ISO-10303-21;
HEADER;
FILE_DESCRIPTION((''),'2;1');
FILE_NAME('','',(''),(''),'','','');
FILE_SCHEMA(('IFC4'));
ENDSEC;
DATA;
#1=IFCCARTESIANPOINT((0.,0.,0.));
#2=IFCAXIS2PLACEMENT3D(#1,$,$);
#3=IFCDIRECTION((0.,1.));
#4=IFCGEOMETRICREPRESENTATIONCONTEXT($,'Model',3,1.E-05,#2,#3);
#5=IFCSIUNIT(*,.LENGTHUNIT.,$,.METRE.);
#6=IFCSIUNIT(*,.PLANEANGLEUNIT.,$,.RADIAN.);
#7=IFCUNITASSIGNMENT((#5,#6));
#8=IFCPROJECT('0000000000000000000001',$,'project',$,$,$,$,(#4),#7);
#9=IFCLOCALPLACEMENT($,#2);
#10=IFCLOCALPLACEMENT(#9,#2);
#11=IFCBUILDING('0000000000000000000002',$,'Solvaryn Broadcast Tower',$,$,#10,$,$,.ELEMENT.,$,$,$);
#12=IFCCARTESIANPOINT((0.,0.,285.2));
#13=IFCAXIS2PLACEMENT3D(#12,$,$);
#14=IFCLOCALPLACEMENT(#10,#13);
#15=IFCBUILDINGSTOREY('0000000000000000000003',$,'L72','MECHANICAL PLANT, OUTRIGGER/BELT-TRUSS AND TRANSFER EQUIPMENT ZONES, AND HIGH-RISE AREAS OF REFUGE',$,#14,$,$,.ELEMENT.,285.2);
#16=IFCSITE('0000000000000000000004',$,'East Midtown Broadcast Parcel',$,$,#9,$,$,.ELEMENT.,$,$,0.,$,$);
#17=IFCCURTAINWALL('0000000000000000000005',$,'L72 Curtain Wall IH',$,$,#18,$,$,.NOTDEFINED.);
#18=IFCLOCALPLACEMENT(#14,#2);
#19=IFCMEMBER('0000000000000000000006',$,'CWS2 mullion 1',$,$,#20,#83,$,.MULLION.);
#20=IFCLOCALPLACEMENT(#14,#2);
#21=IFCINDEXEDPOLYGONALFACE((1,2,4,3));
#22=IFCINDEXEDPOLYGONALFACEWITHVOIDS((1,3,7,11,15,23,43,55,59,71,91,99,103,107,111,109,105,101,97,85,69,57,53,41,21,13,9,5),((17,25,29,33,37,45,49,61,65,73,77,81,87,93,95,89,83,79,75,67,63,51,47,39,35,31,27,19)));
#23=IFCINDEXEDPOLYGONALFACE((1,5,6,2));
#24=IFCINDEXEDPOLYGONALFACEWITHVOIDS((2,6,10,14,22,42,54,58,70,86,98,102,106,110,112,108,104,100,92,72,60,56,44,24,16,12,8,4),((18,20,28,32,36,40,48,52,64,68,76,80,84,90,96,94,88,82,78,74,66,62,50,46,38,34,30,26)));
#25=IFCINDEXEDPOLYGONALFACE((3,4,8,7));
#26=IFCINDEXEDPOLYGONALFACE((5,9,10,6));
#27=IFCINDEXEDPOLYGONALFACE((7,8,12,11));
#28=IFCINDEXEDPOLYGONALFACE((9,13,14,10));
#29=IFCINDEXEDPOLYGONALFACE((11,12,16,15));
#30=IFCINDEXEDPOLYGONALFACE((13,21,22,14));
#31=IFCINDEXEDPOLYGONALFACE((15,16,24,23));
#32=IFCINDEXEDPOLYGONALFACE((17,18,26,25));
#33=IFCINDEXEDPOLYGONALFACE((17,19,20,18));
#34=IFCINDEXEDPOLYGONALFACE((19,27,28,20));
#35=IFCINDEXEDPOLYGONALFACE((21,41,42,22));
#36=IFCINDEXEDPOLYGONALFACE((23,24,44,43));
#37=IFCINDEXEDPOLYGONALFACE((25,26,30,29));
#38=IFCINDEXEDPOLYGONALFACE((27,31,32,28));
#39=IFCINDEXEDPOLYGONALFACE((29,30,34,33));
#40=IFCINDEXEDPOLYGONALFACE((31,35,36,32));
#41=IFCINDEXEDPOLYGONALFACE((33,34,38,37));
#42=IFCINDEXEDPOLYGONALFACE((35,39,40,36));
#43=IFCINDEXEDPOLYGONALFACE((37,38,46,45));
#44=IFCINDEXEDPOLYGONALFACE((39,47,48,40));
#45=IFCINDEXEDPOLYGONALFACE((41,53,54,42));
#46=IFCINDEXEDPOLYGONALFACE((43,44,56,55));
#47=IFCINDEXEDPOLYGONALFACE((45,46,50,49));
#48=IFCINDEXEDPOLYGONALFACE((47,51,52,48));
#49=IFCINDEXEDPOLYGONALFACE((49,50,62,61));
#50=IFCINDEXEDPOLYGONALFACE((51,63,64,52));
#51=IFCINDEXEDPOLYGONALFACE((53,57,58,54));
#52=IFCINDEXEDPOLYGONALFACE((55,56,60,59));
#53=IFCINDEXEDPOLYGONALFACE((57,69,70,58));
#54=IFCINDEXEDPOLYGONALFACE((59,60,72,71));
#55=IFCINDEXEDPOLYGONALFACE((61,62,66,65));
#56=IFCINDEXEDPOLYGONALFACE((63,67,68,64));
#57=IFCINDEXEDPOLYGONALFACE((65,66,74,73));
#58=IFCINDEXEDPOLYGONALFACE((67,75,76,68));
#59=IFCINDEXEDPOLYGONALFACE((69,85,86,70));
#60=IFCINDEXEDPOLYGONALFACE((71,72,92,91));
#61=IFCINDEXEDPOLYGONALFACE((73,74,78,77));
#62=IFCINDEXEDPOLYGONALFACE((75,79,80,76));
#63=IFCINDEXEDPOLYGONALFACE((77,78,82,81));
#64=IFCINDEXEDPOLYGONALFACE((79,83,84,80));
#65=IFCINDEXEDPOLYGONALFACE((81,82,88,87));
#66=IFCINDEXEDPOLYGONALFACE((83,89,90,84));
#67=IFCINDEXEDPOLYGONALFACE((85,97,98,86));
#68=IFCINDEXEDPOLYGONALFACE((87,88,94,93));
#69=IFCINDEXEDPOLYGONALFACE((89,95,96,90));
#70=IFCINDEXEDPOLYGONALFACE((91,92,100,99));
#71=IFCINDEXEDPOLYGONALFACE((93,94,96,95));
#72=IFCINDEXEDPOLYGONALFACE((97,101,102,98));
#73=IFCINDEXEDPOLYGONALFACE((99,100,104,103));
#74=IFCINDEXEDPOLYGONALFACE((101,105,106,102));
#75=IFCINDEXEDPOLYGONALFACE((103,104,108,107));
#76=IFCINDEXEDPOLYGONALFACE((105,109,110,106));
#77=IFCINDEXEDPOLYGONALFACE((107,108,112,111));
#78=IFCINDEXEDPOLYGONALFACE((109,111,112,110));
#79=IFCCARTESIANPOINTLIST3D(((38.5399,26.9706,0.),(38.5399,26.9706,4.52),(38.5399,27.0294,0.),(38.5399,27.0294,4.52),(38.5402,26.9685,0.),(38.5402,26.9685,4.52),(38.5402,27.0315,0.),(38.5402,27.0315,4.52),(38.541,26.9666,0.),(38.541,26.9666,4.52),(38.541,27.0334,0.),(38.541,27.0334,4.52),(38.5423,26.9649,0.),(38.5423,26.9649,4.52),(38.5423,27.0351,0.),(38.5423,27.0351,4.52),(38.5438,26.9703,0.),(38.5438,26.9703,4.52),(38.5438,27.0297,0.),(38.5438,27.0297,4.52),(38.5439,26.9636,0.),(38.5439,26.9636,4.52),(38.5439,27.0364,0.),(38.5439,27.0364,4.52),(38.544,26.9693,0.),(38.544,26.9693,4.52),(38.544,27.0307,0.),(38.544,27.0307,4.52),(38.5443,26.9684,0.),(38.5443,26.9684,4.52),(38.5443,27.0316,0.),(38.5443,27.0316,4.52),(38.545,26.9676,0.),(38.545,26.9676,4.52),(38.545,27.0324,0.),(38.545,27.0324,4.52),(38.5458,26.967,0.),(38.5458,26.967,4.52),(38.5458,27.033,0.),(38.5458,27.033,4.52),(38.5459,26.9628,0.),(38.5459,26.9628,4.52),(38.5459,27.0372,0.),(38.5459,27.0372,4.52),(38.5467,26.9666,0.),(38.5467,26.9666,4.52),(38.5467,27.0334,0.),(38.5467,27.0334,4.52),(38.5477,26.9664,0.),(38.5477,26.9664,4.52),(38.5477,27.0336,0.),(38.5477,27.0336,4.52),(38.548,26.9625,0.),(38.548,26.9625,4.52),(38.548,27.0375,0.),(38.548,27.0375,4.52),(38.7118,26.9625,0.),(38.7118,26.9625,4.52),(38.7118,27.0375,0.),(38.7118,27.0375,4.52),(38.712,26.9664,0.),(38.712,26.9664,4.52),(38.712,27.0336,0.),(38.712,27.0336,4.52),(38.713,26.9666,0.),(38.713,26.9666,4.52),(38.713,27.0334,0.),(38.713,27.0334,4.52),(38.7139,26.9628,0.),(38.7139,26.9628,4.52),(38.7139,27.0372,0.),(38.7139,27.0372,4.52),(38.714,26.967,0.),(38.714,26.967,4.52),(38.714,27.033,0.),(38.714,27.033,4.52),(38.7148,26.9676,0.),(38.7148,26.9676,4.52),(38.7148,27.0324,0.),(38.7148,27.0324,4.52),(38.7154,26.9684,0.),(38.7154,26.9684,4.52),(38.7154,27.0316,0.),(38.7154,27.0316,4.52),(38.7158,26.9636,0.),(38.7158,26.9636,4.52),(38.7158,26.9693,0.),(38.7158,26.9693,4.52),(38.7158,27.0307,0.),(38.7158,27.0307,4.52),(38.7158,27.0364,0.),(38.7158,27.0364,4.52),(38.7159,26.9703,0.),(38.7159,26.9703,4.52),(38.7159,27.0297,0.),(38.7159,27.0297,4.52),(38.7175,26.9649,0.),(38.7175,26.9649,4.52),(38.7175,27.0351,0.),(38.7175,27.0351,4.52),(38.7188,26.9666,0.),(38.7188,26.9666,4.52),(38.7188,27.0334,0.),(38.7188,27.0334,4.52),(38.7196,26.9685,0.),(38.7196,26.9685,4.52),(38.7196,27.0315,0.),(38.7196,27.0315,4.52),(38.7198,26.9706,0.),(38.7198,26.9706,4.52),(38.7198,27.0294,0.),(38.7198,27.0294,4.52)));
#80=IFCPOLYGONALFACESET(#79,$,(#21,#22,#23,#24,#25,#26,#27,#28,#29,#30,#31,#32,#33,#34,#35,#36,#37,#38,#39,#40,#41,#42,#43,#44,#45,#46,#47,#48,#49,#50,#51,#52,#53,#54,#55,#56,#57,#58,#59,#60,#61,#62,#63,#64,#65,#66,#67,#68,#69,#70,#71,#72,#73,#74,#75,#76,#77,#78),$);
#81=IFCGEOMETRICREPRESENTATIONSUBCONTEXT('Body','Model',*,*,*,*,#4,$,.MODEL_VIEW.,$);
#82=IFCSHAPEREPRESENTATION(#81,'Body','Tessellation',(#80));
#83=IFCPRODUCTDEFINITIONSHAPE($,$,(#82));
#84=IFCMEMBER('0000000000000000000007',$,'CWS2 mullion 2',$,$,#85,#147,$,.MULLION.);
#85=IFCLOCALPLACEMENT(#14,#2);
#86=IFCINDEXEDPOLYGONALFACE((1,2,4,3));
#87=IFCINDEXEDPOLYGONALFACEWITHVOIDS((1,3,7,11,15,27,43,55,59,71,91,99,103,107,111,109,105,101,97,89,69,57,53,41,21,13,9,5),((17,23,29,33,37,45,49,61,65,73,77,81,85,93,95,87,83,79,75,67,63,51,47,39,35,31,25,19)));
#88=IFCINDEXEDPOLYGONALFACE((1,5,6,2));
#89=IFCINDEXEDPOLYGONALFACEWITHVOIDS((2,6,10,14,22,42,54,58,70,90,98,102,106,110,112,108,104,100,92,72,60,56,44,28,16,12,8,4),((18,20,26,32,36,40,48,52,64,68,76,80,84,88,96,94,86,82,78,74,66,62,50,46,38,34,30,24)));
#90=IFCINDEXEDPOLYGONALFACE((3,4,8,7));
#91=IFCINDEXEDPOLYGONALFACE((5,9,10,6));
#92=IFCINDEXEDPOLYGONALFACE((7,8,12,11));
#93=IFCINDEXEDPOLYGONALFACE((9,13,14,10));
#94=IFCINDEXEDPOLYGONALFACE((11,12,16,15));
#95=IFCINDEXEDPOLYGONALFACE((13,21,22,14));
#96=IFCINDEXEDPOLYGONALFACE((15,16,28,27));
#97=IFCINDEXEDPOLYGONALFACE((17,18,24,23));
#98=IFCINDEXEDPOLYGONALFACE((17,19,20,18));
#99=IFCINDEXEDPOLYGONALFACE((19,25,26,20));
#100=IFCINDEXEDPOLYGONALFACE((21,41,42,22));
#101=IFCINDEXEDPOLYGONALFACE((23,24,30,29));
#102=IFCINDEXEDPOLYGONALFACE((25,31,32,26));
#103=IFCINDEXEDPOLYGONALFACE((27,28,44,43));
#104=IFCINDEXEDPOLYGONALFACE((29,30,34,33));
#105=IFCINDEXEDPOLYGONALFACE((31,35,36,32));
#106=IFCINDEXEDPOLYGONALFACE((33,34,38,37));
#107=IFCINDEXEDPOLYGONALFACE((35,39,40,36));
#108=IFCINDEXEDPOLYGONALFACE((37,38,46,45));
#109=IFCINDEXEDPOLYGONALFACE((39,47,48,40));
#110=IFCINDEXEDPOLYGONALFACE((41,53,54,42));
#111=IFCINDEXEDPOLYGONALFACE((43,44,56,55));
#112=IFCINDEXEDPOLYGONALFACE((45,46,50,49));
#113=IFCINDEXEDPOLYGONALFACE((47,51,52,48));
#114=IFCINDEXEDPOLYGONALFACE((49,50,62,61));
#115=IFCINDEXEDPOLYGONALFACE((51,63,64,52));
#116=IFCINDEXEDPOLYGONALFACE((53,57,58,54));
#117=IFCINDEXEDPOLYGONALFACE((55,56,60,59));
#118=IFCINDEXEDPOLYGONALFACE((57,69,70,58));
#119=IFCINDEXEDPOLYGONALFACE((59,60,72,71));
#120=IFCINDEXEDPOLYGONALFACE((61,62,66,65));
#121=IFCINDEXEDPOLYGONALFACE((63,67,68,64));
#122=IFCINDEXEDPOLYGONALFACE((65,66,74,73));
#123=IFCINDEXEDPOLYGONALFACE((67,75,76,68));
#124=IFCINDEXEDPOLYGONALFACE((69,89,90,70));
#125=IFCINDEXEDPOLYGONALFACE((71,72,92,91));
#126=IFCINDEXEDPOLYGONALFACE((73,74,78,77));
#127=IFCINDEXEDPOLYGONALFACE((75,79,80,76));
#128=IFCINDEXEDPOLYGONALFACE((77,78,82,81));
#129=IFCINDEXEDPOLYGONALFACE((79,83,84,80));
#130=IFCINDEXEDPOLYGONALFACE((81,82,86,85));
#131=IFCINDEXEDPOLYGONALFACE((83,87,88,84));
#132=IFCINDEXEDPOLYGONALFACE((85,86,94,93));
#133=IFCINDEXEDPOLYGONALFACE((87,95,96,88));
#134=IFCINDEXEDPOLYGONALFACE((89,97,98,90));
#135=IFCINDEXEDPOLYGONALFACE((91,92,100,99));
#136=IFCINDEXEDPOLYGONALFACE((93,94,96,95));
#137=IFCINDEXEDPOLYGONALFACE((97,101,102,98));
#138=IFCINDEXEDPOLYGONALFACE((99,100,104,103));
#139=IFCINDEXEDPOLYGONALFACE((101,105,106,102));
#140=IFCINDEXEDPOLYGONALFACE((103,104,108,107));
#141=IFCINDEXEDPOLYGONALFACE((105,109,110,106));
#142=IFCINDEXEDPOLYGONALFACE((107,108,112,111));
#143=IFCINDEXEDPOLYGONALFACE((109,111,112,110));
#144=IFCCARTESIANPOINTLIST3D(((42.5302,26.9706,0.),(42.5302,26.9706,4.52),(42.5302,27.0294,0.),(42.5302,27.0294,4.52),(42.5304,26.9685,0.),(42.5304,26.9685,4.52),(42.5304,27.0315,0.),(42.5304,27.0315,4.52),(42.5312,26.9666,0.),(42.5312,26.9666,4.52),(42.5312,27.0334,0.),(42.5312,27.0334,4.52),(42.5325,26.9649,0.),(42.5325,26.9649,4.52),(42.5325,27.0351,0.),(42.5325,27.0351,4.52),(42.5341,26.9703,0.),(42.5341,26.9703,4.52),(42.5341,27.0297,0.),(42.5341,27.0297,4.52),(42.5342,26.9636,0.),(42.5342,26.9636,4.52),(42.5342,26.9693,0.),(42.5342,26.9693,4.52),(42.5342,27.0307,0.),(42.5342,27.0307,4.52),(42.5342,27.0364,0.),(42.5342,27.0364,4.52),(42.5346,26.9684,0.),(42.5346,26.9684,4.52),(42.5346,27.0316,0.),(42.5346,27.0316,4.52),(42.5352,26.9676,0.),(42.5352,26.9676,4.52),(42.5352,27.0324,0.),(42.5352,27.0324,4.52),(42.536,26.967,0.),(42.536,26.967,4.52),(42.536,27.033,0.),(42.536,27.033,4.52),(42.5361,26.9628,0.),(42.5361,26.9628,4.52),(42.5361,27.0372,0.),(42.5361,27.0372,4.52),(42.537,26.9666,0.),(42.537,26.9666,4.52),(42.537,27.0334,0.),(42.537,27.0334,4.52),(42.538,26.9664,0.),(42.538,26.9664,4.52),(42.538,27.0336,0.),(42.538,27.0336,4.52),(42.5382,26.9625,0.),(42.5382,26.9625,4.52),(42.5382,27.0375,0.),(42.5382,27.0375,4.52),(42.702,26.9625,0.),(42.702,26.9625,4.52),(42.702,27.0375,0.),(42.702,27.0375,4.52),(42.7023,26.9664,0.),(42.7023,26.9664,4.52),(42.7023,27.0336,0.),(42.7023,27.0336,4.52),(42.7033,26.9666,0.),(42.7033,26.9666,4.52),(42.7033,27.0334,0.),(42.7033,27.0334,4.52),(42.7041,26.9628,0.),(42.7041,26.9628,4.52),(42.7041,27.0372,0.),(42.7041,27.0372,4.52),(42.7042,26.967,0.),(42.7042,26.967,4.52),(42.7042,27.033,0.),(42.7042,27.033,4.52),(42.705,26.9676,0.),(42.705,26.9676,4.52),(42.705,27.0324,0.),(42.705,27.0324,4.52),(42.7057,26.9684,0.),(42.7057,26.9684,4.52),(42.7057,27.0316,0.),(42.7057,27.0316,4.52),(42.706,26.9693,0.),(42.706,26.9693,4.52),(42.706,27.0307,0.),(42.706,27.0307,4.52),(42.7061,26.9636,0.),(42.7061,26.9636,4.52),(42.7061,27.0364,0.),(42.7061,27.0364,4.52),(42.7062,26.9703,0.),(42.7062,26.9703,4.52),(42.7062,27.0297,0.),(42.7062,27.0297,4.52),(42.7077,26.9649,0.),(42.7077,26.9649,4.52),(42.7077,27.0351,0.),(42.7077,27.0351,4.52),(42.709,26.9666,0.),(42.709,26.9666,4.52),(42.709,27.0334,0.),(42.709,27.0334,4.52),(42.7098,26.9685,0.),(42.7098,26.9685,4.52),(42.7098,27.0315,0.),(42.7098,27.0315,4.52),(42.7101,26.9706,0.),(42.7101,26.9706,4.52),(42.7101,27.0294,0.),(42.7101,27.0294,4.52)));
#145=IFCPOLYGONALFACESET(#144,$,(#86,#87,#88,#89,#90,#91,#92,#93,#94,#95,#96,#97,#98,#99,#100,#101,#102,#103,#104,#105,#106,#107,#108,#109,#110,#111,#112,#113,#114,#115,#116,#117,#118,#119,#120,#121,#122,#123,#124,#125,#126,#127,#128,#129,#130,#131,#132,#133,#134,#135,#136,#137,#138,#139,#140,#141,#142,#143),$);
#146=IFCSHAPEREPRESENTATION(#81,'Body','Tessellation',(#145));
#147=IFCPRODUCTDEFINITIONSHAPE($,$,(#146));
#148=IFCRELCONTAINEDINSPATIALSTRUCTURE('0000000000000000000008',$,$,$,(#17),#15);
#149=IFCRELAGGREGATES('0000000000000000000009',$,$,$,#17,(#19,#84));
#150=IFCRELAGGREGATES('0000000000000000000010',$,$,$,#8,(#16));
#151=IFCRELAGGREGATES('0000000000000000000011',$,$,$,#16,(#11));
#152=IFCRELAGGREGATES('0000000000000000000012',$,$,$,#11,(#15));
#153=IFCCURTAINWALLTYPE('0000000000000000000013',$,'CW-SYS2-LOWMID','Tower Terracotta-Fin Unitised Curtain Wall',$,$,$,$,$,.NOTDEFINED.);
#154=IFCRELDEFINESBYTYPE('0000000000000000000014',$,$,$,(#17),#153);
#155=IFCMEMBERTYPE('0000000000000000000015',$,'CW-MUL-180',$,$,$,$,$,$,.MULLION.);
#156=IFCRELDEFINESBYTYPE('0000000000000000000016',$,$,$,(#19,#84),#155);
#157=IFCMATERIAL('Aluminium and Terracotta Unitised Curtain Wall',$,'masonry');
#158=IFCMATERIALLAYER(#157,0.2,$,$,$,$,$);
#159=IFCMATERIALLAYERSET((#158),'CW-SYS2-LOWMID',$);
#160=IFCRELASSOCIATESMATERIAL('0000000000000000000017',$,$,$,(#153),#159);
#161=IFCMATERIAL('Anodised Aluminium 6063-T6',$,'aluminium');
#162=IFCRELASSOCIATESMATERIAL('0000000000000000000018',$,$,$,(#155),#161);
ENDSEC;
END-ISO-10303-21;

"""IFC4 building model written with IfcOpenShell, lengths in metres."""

from ifc_helpers import new_model, si_unit, direction, frame, origin, origin_2d, place, context, subcontext, project, spatial, hollow_rectangle, extrude, material, layer, layer_set, material_profile, profile_set, type_object, element, aggregate, save


model = new_model("IFC4")

# Units and contexts
model_context = context("Model", 3, precision=1e-05, world=origin(), true_north=direction((0.0, 1.0)))
body_context = subcontext(model_context, "Body", "Model", "MODEL_VIEW")
ifc_project = project(units=[si_unit("LENGTHUNIT", "METRE"), si_unit("PLANEANGLEUNIT", "RADIAN")], contexts=[model_context])

# Site, building, storey
site_placement = place(None, origin())
site = spatial("IfcSite", under=ifc_project, at=site_placement, Name="East Midtown Broadcast Parcel", CompositionType="ELEMENT", RefElevation=0.0)
building_placement = place(site_placement, origin())
building = spatial("IfcBuilding", under=site, at=building_placement, Name="Solvaryn Broadcast Tower", CompositionType="ELEMENT")
storey_placement = place(building_placement, frame((0.0, 0.0, 285.2)))
storey = spatial("IfcBuildingStorey", under=building, at=storey_placement, Name="L72", Description="MECHANICAL PLANT, OUTRIGGER/BELT-TRUSS AND TRANSFER EQUIPMENT ZONES, AND HIGH-RISE AREAS OF REFUGE", CompositionType="ELEMENT", Elevation=285.2)

# Shared definitions
ifc_material_1 = material(Name="Aluminium and Terracotta Unitised Curtain Wall", Category="masonry")
ifc_layer_1 = layer(ifc_material_1, 0.2)
ifc_layer_set_1 = layer_set([ifc_layer_1], Name="CW-SYS2-LOWMID")
curtain_wall_type = type_object("IfcCurtainWallType", Name="CW-SYS2-LOWMID", Description="Tower Terracotta-Fin Unitised Curtain Wall", PredefinedType="NOTDEFINED", material=ifc_layer_set_1)
ifc_material_2 = material(Name="Anodised Aluminium 6063-T6", Category="aluminium")
ifc_material_profile_1 = material_profile(ifc_material_2, hollow_rectangle(XDim=0.075, YDim=0.1799, WallThickness=0.0039, InnerFilletRadius=0.0039, OuterFilletRadius=0.0081, at=origin_2d()))
ifc_profile_set_1 = profile_set([ifc_material_profile_1], Name="Anodised Aluminium 6063-T6")
member_type_1 = type_object("IfcMemberType", Name="CW-MUL-180", PredefinedType="MULLION", material=ifc_profile_set_1)

# Curtain wall, members
curtain_wall_1_placement = place(storey_placement, origin())
curtain_wall_1 = element("IfcCurtainWall", 1, at=curtain_wall_1_placement, inside=storey, type_object=curtain_wall_type, Name="L72 Curtain Wall IH", PredefinedType="NOTDEFINED")
member_1_placement = place(storey_placement, frame((38.6299, 27.0, 0.0), z_axis=(0.0, 0.0, 1.0), x_axis=(0.0, 1.0, 0.0)))
member_1 = element("IfcMember", 2, at=member_1_placement, type_object=member_type_1, Name="CWS2 mullion 1", PredefinedType="MULLION", context=body_context, shape_type="SweptSolid", body=[
    extrude(hollow_rectangle(XDim=0.075, YDim=0.1799, WallThickness=0.0039, InnerFilletRadius=0.0039, OuterFilletRadius=0.0081, at=origin_2d()), origin(), (0.0, 0.0, 1.0), 4.52),
])
member_2_placement = place(storey_placement, frame((42.6201, 27.0, 0.0), z_axis=(0.0, 0.0, 1.0), x_axis=(0.0, 1.0, 0.0)))
member_2 = element("IfcMember", 3, at=member_2_placement, type_object=member_type_1, Name="CWS2 mullion 2", PredefinedType="MULLION", context=body_context, shape_type="SweptSolid", body=[
    extrude(hollow_rectangle(XDim=0.075, YDim=0.1799, WallThickness=0.0039, InnerFilletRadius=0.0039, OuterFilletRadius=0.0081, at=origin_2d()), origin(), (0.0, 0.0, 1.0), 4.52),
])

aggregate(curtain_wall_1, [member_1, member_2])

save(model, "model.ifc")
